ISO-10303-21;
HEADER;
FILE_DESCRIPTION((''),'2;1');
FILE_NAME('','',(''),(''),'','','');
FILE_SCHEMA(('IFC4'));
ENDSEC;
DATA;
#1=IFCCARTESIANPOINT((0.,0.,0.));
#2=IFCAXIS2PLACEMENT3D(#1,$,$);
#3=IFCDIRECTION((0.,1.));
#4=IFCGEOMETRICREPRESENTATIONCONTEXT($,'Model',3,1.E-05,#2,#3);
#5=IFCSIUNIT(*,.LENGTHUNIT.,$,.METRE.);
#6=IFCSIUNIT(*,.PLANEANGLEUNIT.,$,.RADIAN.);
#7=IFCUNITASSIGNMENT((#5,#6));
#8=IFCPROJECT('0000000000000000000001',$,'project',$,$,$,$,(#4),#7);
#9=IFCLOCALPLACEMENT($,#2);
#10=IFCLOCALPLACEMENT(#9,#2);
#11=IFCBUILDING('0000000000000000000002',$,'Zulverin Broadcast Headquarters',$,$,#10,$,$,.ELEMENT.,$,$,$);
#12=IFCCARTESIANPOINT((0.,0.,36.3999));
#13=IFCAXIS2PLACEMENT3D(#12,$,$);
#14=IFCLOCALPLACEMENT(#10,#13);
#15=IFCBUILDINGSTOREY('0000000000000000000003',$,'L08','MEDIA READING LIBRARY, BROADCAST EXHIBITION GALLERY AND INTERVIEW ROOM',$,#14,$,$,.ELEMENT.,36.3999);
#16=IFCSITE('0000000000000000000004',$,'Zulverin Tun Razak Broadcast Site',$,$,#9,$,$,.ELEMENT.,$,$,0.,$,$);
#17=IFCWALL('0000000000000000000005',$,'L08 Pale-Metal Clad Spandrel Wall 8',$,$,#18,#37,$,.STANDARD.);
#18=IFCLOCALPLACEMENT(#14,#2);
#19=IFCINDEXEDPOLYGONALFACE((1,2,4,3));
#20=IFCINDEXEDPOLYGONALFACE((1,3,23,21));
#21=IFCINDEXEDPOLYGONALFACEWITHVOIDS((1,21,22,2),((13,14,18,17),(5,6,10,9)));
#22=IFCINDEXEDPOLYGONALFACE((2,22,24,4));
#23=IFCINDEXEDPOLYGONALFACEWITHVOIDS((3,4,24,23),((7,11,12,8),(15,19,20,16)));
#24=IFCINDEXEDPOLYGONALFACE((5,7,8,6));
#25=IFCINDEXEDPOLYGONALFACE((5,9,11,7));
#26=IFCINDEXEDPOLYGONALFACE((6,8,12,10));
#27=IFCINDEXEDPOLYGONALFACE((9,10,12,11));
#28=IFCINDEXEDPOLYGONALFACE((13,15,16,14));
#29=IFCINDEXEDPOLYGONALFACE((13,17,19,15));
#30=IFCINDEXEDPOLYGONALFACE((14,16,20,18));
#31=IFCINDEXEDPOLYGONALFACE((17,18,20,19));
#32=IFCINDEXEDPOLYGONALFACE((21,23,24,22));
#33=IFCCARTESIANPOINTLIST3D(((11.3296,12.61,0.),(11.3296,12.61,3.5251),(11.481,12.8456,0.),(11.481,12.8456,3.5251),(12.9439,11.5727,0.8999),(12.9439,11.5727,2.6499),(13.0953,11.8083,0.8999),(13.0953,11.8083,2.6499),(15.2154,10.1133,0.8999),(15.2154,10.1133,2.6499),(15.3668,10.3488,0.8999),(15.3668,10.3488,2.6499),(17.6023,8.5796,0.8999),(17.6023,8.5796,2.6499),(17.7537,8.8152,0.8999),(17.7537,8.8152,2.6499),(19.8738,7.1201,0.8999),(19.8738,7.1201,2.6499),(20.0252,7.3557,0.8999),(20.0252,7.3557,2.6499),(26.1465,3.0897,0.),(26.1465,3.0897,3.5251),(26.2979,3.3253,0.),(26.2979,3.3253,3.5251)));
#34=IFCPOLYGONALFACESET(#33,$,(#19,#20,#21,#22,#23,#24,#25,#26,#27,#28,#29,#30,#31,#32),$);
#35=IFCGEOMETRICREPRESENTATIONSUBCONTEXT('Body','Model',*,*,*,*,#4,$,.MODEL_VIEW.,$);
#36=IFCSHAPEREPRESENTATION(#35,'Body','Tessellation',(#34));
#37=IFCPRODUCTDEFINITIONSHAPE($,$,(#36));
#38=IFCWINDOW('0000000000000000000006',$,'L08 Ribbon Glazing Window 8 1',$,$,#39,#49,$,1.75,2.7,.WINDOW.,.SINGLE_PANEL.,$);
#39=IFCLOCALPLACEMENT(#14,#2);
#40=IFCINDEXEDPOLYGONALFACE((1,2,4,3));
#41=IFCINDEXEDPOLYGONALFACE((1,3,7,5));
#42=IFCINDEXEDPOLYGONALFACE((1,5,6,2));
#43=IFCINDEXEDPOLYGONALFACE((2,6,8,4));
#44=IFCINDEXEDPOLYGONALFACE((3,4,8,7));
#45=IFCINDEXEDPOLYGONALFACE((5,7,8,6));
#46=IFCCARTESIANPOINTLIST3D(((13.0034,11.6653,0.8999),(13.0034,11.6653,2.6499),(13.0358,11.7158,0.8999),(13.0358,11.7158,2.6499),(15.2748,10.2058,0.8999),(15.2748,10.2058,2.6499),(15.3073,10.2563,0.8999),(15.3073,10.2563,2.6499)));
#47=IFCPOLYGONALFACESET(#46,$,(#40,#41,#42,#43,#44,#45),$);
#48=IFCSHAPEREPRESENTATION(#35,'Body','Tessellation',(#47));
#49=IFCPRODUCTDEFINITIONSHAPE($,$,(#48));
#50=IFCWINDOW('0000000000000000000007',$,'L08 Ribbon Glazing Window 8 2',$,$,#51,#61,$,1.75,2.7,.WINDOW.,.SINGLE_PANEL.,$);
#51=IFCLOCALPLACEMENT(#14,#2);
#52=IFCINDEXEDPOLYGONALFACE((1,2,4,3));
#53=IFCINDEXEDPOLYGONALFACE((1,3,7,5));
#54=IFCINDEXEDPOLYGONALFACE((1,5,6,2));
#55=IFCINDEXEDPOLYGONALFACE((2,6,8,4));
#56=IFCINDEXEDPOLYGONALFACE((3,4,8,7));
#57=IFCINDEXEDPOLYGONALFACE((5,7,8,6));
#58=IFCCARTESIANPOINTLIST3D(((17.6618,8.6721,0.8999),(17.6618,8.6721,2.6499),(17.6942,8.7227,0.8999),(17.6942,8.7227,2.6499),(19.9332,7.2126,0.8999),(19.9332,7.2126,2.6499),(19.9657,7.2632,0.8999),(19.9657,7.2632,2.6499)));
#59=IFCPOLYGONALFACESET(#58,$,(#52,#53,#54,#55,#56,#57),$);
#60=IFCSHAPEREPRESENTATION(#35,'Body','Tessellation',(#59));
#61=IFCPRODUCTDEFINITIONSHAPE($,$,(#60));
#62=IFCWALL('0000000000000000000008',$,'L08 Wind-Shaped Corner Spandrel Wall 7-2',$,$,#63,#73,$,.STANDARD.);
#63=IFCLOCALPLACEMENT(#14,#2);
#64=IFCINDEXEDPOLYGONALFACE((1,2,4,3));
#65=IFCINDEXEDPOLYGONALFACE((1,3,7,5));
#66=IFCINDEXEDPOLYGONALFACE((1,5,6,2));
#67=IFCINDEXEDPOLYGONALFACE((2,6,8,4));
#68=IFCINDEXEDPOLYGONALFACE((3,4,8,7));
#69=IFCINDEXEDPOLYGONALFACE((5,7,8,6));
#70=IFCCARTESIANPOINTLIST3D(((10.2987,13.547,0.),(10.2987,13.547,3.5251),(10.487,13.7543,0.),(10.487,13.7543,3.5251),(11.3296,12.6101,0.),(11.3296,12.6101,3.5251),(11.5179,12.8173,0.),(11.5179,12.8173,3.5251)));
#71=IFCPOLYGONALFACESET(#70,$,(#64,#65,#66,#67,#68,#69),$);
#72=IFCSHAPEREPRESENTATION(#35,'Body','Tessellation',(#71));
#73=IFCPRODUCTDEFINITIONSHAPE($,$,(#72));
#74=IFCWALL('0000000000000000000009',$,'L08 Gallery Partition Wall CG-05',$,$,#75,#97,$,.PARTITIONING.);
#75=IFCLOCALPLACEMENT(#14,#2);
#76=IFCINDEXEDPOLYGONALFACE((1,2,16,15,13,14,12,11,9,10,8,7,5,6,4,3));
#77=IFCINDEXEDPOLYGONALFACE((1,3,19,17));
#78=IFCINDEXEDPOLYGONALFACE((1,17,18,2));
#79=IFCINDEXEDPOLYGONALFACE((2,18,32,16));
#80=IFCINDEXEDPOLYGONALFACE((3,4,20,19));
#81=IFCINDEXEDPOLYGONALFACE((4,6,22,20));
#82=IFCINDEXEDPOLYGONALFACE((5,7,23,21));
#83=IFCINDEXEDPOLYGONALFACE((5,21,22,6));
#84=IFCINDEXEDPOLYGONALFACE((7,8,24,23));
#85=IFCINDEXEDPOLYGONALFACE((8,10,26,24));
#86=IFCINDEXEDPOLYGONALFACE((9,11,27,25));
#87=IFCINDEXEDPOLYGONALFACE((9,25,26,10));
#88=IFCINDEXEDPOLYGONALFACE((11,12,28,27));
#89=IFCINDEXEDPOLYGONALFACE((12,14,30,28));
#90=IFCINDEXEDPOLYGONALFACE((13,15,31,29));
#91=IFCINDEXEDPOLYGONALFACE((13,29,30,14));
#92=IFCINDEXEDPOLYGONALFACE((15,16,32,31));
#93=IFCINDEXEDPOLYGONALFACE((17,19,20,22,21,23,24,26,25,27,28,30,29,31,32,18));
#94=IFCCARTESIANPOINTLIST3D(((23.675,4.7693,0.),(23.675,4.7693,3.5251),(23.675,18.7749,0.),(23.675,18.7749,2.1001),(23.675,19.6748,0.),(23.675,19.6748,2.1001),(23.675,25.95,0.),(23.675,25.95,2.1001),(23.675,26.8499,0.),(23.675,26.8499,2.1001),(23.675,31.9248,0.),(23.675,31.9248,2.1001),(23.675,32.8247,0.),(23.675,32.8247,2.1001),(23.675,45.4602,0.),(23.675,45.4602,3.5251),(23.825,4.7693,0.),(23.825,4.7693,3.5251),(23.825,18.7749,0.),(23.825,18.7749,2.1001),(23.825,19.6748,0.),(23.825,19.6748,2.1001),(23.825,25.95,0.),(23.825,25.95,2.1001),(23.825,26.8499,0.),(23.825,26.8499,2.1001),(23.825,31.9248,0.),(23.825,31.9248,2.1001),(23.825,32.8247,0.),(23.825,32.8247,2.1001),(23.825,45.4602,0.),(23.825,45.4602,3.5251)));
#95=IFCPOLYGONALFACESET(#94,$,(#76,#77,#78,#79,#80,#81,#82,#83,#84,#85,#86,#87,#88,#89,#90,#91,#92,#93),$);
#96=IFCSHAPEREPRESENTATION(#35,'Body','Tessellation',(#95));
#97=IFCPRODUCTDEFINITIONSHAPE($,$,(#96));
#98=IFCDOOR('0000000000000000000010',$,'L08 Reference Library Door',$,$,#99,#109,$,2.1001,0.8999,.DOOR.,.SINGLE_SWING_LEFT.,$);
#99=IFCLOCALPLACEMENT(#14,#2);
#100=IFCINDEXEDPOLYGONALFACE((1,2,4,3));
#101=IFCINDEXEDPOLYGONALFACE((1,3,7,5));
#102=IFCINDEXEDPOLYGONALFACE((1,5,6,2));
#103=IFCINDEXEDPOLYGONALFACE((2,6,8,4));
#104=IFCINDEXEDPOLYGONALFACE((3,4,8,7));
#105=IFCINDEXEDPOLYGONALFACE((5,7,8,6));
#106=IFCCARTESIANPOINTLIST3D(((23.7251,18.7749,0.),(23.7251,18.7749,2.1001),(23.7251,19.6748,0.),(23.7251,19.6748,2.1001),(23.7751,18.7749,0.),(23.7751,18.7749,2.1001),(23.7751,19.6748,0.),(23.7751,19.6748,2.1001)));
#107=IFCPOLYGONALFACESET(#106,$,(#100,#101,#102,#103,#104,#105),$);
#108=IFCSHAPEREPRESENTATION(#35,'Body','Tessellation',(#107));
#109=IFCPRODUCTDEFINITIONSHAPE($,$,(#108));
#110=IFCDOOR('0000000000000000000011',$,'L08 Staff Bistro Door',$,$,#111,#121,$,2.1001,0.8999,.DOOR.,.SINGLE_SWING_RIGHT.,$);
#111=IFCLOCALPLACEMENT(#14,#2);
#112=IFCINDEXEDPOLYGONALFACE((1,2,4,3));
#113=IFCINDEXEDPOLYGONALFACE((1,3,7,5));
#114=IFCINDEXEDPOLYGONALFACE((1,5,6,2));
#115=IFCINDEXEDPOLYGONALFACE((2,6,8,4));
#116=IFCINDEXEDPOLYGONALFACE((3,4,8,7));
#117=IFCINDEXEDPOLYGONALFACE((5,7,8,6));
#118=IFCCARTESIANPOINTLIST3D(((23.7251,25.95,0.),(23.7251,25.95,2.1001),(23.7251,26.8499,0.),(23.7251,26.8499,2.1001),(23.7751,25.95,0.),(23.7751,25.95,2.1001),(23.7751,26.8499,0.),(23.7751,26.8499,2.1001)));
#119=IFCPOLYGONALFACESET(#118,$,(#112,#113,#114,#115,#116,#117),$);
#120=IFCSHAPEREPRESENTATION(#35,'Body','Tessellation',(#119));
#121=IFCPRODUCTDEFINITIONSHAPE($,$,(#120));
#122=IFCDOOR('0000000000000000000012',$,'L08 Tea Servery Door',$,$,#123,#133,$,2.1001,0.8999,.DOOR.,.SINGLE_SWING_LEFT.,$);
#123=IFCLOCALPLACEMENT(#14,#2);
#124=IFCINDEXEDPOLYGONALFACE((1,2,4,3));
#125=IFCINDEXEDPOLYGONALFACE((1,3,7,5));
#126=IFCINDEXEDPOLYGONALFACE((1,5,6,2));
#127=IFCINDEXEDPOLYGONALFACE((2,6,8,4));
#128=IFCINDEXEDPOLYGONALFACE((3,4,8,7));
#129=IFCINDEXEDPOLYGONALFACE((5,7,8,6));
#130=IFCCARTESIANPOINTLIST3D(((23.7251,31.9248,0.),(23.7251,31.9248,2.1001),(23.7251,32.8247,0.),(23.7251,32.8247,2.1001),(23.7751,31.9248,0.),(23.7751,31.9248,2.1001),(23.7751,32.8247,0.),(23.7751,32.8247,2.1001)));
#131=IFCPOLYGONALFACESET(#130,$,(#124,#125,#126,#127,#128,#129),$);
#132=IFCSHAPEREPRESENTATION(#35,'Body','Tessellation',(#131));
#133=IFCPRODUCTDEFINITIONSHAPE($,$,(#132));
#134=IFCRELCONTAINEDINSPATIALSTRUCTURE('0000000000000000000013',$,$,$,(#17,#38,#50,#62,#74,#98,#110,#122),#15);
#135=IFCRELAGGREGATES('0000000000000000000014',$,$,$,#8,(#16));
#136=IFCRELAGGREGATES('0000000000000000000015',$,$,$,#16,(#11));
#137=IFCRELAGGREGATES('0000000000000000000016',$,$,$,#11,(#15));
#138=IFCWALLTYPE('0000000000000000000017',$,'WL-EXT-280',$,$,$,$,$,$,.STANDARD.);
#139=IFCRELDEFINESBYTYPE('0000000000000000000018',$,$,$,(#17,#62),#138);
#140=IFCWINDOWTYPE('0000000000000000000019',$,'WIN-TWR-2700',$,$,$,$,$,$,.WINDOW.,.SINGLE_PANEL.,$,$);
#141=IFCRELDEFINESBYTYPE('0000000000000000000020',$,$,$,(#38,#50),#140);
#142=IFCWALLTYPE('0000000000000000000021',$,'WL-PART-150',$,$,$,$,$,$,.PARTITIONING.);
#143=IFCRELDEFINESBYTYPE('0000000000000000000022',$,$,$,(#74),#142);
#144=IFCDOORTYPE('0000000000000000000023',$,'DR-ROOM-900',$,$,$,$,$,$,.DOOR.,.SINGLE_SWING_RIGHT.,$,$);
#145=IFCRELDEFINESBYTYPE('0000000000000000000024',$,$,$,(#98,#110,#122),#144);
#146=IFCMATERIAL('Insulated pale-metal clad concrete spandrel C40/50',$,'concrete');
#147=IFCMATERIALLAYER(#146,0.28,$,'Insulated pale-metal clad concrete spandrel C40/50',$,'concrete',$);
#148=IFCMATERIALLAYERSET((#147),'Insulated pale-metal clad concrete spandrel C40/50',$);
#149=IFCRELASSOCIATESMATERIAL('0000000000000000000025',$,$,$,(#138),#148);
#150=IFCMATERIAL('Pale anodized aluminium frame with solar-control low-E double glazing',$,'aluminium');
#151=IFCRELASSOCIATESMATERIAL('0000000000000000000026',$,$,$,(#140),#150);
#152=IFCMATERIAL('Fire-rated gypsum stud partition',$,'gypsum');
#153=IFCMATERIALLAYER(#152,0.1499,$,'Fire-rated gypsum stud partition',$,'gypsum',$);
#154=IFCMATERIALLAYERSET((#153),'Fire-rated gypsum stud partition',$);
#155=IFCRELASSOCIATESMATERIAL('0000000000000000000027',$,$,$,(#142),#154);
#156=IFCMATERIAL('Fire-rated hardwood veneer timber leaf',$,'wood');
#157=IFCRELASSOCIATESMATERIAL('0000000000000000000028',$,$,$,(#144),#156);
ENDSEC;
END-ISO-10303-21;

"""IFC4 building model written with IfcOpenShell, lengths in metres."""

from ifc_helpers import new_model, si_unit, direction, frame, frame_2d, origin, place, context, subcontext, project, spatial, rectangle, extrude, material, layer, layer_set, type_object, element, fill, save


model = new_model("IFC4")

# Units and contexts
model_context = context("Model", 3, precision=1e-05, world=origin(), true_north=direction((0.0, 1.0)))
body_context = subcontext(model_context, "Body", "Model", "MODEL_VIEW")
ifc_project = project(units=[si_unit("LENGTHUNIT", "METRE"), si_unit("PLANEANGLEUNIT", "RADIAN")], contexts=[model_context])

# Site, building, storey
site_placement = place(None, origin())
site = spatial("IfcSite", under=ifc_project, at=site_placement, Name="Zulverin Tun Razak Broadcast Site", CompositionType="ELEMENT", RefElevation=0.0)
building_placement = place(site_placement, origin())
building = spatial("IfcBuilding", under=site, at=building_placement, Name="Zulverin Broadcast Headquarters", CompositionType="ELEMENT")
storey_placement = place(building_placement, frame((0.0, 0.0, 36.3999)))
storey = spatial("IfcBuildingStorey", under=building, at=storey_placement, Name="L08", Description="MEDIA READING LIBRARY, BROADCAST EXHIBITION GALLERY AND INTERVIEW ROOM", CompositionType="ELEMENT", Elevation=36.3999)

# Wall, openings, windows
ifc_material_1 = material(Name="Insulated pale-metal clad concrete spandrel C40/50", Category="concrete")
ifc_layer_1 = layer(ifc_material_1, 0.28, Name="Insulated pale-metal clad concrete spandrel C40/50", Category="concrete")
ifc_layer_set_1 = layer_set([ifc_layer_1], Name="Insulated pale-metal clad concrete spandrel C40/50")
wall_type_1 = type_object("IfcWallType", Name="WL-EXT-280", PredefinedType="STANDARD", material=ifc_layer_set_1)
wall_1_placement = place(storey_placement, frame((11.4053, 12.7278, 0.0), z_axis=(0.0, 0.0, 1.0), x_axis=(0.841305, -0.540561, 0.0)))
wall_1 = element("IfcWall", 1, at=wall_1_placement, inside=storey, type_object=wall_type_1, Name="L08 Pale-Metal Clad Spandrel Wall 8", PredefinedType="STANDARD", context=body_context, shape_type="SweptSolid", body=[
    extrude(rectangle(XDim=17.6118, YDim=0.28, at=frame_2d((8.8059, 0.0))), origin(), (0.0, 0.0, 1.0), 3.5251),
])
opening_1_placement = place(wall_1_placement, frame((1.9187, 0.0, 0.8999)))
opening_1 = element("IfcOpeningElement", 2, at=opening_1_placement, cuts=wall_1, PredefinedType="OPENING", context=body_context, shape_type="SweptSolid", body=[
    extrude(rectangle(XDim=2.7, YDim=1.75, at=frame_2d((1.3501, 0.875))), frame((0.0, 0.1499, 0.0), z_axis=(0.0, -1.0, 0.0), x_axis=(1.0, 0.0, 0.0)), (0.0, 0.0, 1.0), 0.3),
])
opening_2_placement = place(wall_1_placement, frame((7.4558, 0.0, 0.8999)))
opening_2 = element("IfcOpeningElement", 3, at=opening_2_placement, cuts=wall_1, PredefinedType="OPENING", context=body_context, shape_type="SweptSolid", body=[
    extrude(rectangle(XDim=2.7, YDim=1.75, at=frame_2d((1.3501, 0.875))), frame((0.0, 0.1499, 0.0), z_axis=(0.0, -1.0, 0.0), x_axis=(1.0, 0.0, 0.0)), (0.0, 0.0, 1.0), 0.3),
])
ifc_material_2 = material(Name="Pale anodized aluminium frame with solar-control low-E double glazing", Category="aluminium")
window_type = type_object("IfcWindowType", Name="WIN-TWR-2700", PartitioningType="SINGLE_PANEL", PredefinedType="WINDOW", material=ifc_material_2)
window_1_placement = place(opening_1_placement, origin())
window_1 = element("IfcWindow", 4, at=window_1_placement, inside=storey, type_object=window_type, Name="L08 Ribbon Glazing Window 8 1", OverallHeight=1.75, OverallWidth=2.7, PartitioningType="SINGLE_PANEL", PredefinedType="WINDOW", context=body_context, shape_type="SweptSolid", body=[
    extrude(rectangle(XDim=2.7, YDim=1.75, at=frame_2d((1.3501, 0.875))), frame((0.0, 0.03, 0.0), z_axis=(0.0, -1.0, 0.0), x_axis=(1.0, 0.0, 0.0)), (0.0, 0.0, 1.0), 0.0601),
])
fill(opening_1, window_1)
window_2_placement = place(opening_2_placement, origin())
window_2 = element("IfcWindow", 5, at=window_2_placement, inside=storey, type_object=window_type, Name="L08 Ribbon Glazing Window 8 2", OverallHeight=1.75, OverallWidth=2.7, PartitioningType="SINGLE_PANEL", PredefinedType="WINDOW", context=body_context, shape_type="SweptSolid", body=[
    extrude(rectangle(XDim=2.7, YDim=1.75, at=frame_2d((1.3501, 0.875))), frame((0.0, 0.03, 0.0), z_axis=(0.0, -1.0, 0.0), x_axis=(1.0, 0.0, 0.0)), (0.0, 0.0, 1.0), 0.0601),
])
fill(opening_2, window_2)

# Wall
wall_2_placement = place(storey_placement, frame((10.3928, 13.6506, 0.0), z_axis=(0.0, 0.0, 1.0), x_axis=(0.740035, -0.672568, 0.0)))
element("IfcWall", 6, at=wall_2_placement, inside=storey, type_object=wall_type_1, Name="L08 Wind-Shaped Corner Spandrel Wall 7-2", PredefinedType="STANDARD", context=body_context, shape_type="SweptSolid", body=[
    extrude(rectangle(XDim=1.3931, YDim=0.28, at=frame_2d((0.6965, 0.0))), origin(), (0.0, 0.0, 1.0), 3.5251),
])

# Wall, openings, doors
ifc_material_3 = material(Name="Fire-rated gypsum stud partition", Category="gypsum")
ifc_layer_2 = layer(ifc_material_3, 0.1499, Name="Fire-rated gypsum stud partition", Category="gypsum")
ifc_layer_set_2 = layer_set([ifc_layer_2], Name="Fire-rated gypsum stud partition")
wall_type_2 = type_object("IfcWallType", Name="WL-PART-150", PredefinedType="PARTITIONING", material=ifc_layer_set_2)
wall_3_placement = place(storey_placement, frame((23.75, 4.7693, 0.0), z_axis=(0.0, 0.0, 1.0), x_axis=(0.0, 1.0, 0.0)))
wall_3 = element("IfcWall", 7, at=wall_3_placement, inside=storey, type_object=wall_type_2, Name="L08 Gallery Partition Wall CG-05", PredefinedType="PARTITIONING", context=body_context, shape_type="SweptSolid", body=[
    extrude(rectangle(XDim=40.6909, YDim=0.1499, at=frame_2d((20.3455, 0.0))), origin(), (0.0, 0.0, 1.0), 3.5251),
])
opening_3_placement = place(wall_3_placement, frame((14.0056, 0.0, 0.0)))
opening_3 = element("IfcOpeningElement", 8, at=opening_3_placement, cuts=wall_3, PredefinedType="OPENING", context=body_context, shape_type="SweptSolid", body=[
    extrude(rectangle(XDim=0.8999, YDim=2.1001, at=frame_2d((0.45, 1.05))), frame((0.0, 0.085, 0.0), z_axis=(0.0, -1.0, 0.0), x_axis=(1.0, 0.0, 0.0)), (0.0, 0.0, 1.0), 0.1699),
])
opening_4_placement = place(wall_3_placement, frame((21.1807, 0.0, 0.0)))
opening_4 = element("IfcOpeningElement", 9, at=opening_4_placement, cuts=wall_3, PredefinedType="OPENING", context=body_context, shape_type="SweptSolid", body=[
    extrude(rectangle(XDim=0.8999, YDim=2.1001, at=frame_2d((0.45, 1.05))), frame((0.0, 0.085, 0.0), z_axis=(0.0, -1.0, 0.0), x_axis=(1.0, 0.0, 0.0)), (0.0, 0.0, 1.0), 0.1699),
])
opening_5_placement = place(wall_3_placement, frame((27.1555, 0.0, 0.0)))
opening_5 = element("IfcOpeningElement", 10, at=opening_5_placement, cuts=wall_3, PredefinedType="OPENING", context=body_context, shape_type="SweptSolid", body=[
    extrude(rectangle(XDim=0.8999, YDim=2.1001, at=frame_2d((0.45, 1.05))), frame((0.0, 0.085, 0.0), z_axis=(0.0, -1.0, 0.0), x_axis=(1.0, 0.0, 0.0)), (0.0, 0.0, 1.0), 0.1699),
])
ifc_material_4 = material(Name="Fire-rated hardwood veneer timber leaf", Category="wood")
door_type = type_object("IfcDoorType", Name="DR-ROOM-900", OperationType="SINGLE_SWING_RIGHT", PredefinedType="DOOR", material=ifc_material_4)
door_1_placement = place(opening_3_placement, origin())
door_1 = element("IfcDoor", 11, at=door_1_placement, inside=storey, type_object=door_type, Name="L08 Reference Library Door", OperationType="SINGLE_SWING_LEFT", OverallHeight=2.1001, OverallWidth=0.8999, PredefinedType="DOOR", context=body_context, shape_type="SweptSolid", body=[
    extrude(rectangle(XDim=0.8999, YDim=2.1001, at=frame_2d((0.45, 1.05))), frame((0.0, 0.0249, 0.0), z_axis=(0.0, -1.0, 0.0), x_axis=(1.0, 0.0, 0.0)), (0.0, 0.0, 1.0), 0.05),
])
fill(opening_3, door_1)
door_2_placement = place(opening_4_placement, origin())
door_2 = element("IfcDoor", 12, at=door_2_placement, inside=storey, type_object=door_type, Name="L08 Staff Bistro Door", OperationType="SINGLE_SWING_RIGHT", OverallHeight=2.1001, OverallWidth=0.8999, PredefinedType="DOOR", context=body_context, shape_type="SweptSolid", body=[
    extrude(rectangle(XDim=0.8999, YDim=2.1001, at=frame_2d((0.45, 1.05))), frame((0.0, 0.0249, 0.0), z_axis=(0.0, -1.0, 0.0), x_axis=(1.0, 0.0, 0.0)), (0.0, 0.0, 1.0), 0.05),
])
fill(opening_4, door_2)
door_3_placement = place(opening_5_placement, origin())
door_3 = element("IfcDoor", 13, at=door_3_placement, inside=storey, type_object=door_type, Name="L08 Tea Servery Door", OperationType="SINGLE_SWING_LEFT", OverallHeight=2.1001, OverallWidth=0.8999, PredefinedType="DOOR", context=body_context, shape_type="SweptSolid", body=[
    extrude(rectangle(XDim=0.8999, YDim=2.1001, at=frame_2d((0.45, 1.05))), frame((0.0, 0.0249, 0.0), z_axis=(0.0, -1.0, 0.0), x_axis=(1.0, 0.0, 0.0)), (0.0, 0.0, 1.0), 0.05),
])
fill(opening_5, door_3)

save(model, "model.ifc")
